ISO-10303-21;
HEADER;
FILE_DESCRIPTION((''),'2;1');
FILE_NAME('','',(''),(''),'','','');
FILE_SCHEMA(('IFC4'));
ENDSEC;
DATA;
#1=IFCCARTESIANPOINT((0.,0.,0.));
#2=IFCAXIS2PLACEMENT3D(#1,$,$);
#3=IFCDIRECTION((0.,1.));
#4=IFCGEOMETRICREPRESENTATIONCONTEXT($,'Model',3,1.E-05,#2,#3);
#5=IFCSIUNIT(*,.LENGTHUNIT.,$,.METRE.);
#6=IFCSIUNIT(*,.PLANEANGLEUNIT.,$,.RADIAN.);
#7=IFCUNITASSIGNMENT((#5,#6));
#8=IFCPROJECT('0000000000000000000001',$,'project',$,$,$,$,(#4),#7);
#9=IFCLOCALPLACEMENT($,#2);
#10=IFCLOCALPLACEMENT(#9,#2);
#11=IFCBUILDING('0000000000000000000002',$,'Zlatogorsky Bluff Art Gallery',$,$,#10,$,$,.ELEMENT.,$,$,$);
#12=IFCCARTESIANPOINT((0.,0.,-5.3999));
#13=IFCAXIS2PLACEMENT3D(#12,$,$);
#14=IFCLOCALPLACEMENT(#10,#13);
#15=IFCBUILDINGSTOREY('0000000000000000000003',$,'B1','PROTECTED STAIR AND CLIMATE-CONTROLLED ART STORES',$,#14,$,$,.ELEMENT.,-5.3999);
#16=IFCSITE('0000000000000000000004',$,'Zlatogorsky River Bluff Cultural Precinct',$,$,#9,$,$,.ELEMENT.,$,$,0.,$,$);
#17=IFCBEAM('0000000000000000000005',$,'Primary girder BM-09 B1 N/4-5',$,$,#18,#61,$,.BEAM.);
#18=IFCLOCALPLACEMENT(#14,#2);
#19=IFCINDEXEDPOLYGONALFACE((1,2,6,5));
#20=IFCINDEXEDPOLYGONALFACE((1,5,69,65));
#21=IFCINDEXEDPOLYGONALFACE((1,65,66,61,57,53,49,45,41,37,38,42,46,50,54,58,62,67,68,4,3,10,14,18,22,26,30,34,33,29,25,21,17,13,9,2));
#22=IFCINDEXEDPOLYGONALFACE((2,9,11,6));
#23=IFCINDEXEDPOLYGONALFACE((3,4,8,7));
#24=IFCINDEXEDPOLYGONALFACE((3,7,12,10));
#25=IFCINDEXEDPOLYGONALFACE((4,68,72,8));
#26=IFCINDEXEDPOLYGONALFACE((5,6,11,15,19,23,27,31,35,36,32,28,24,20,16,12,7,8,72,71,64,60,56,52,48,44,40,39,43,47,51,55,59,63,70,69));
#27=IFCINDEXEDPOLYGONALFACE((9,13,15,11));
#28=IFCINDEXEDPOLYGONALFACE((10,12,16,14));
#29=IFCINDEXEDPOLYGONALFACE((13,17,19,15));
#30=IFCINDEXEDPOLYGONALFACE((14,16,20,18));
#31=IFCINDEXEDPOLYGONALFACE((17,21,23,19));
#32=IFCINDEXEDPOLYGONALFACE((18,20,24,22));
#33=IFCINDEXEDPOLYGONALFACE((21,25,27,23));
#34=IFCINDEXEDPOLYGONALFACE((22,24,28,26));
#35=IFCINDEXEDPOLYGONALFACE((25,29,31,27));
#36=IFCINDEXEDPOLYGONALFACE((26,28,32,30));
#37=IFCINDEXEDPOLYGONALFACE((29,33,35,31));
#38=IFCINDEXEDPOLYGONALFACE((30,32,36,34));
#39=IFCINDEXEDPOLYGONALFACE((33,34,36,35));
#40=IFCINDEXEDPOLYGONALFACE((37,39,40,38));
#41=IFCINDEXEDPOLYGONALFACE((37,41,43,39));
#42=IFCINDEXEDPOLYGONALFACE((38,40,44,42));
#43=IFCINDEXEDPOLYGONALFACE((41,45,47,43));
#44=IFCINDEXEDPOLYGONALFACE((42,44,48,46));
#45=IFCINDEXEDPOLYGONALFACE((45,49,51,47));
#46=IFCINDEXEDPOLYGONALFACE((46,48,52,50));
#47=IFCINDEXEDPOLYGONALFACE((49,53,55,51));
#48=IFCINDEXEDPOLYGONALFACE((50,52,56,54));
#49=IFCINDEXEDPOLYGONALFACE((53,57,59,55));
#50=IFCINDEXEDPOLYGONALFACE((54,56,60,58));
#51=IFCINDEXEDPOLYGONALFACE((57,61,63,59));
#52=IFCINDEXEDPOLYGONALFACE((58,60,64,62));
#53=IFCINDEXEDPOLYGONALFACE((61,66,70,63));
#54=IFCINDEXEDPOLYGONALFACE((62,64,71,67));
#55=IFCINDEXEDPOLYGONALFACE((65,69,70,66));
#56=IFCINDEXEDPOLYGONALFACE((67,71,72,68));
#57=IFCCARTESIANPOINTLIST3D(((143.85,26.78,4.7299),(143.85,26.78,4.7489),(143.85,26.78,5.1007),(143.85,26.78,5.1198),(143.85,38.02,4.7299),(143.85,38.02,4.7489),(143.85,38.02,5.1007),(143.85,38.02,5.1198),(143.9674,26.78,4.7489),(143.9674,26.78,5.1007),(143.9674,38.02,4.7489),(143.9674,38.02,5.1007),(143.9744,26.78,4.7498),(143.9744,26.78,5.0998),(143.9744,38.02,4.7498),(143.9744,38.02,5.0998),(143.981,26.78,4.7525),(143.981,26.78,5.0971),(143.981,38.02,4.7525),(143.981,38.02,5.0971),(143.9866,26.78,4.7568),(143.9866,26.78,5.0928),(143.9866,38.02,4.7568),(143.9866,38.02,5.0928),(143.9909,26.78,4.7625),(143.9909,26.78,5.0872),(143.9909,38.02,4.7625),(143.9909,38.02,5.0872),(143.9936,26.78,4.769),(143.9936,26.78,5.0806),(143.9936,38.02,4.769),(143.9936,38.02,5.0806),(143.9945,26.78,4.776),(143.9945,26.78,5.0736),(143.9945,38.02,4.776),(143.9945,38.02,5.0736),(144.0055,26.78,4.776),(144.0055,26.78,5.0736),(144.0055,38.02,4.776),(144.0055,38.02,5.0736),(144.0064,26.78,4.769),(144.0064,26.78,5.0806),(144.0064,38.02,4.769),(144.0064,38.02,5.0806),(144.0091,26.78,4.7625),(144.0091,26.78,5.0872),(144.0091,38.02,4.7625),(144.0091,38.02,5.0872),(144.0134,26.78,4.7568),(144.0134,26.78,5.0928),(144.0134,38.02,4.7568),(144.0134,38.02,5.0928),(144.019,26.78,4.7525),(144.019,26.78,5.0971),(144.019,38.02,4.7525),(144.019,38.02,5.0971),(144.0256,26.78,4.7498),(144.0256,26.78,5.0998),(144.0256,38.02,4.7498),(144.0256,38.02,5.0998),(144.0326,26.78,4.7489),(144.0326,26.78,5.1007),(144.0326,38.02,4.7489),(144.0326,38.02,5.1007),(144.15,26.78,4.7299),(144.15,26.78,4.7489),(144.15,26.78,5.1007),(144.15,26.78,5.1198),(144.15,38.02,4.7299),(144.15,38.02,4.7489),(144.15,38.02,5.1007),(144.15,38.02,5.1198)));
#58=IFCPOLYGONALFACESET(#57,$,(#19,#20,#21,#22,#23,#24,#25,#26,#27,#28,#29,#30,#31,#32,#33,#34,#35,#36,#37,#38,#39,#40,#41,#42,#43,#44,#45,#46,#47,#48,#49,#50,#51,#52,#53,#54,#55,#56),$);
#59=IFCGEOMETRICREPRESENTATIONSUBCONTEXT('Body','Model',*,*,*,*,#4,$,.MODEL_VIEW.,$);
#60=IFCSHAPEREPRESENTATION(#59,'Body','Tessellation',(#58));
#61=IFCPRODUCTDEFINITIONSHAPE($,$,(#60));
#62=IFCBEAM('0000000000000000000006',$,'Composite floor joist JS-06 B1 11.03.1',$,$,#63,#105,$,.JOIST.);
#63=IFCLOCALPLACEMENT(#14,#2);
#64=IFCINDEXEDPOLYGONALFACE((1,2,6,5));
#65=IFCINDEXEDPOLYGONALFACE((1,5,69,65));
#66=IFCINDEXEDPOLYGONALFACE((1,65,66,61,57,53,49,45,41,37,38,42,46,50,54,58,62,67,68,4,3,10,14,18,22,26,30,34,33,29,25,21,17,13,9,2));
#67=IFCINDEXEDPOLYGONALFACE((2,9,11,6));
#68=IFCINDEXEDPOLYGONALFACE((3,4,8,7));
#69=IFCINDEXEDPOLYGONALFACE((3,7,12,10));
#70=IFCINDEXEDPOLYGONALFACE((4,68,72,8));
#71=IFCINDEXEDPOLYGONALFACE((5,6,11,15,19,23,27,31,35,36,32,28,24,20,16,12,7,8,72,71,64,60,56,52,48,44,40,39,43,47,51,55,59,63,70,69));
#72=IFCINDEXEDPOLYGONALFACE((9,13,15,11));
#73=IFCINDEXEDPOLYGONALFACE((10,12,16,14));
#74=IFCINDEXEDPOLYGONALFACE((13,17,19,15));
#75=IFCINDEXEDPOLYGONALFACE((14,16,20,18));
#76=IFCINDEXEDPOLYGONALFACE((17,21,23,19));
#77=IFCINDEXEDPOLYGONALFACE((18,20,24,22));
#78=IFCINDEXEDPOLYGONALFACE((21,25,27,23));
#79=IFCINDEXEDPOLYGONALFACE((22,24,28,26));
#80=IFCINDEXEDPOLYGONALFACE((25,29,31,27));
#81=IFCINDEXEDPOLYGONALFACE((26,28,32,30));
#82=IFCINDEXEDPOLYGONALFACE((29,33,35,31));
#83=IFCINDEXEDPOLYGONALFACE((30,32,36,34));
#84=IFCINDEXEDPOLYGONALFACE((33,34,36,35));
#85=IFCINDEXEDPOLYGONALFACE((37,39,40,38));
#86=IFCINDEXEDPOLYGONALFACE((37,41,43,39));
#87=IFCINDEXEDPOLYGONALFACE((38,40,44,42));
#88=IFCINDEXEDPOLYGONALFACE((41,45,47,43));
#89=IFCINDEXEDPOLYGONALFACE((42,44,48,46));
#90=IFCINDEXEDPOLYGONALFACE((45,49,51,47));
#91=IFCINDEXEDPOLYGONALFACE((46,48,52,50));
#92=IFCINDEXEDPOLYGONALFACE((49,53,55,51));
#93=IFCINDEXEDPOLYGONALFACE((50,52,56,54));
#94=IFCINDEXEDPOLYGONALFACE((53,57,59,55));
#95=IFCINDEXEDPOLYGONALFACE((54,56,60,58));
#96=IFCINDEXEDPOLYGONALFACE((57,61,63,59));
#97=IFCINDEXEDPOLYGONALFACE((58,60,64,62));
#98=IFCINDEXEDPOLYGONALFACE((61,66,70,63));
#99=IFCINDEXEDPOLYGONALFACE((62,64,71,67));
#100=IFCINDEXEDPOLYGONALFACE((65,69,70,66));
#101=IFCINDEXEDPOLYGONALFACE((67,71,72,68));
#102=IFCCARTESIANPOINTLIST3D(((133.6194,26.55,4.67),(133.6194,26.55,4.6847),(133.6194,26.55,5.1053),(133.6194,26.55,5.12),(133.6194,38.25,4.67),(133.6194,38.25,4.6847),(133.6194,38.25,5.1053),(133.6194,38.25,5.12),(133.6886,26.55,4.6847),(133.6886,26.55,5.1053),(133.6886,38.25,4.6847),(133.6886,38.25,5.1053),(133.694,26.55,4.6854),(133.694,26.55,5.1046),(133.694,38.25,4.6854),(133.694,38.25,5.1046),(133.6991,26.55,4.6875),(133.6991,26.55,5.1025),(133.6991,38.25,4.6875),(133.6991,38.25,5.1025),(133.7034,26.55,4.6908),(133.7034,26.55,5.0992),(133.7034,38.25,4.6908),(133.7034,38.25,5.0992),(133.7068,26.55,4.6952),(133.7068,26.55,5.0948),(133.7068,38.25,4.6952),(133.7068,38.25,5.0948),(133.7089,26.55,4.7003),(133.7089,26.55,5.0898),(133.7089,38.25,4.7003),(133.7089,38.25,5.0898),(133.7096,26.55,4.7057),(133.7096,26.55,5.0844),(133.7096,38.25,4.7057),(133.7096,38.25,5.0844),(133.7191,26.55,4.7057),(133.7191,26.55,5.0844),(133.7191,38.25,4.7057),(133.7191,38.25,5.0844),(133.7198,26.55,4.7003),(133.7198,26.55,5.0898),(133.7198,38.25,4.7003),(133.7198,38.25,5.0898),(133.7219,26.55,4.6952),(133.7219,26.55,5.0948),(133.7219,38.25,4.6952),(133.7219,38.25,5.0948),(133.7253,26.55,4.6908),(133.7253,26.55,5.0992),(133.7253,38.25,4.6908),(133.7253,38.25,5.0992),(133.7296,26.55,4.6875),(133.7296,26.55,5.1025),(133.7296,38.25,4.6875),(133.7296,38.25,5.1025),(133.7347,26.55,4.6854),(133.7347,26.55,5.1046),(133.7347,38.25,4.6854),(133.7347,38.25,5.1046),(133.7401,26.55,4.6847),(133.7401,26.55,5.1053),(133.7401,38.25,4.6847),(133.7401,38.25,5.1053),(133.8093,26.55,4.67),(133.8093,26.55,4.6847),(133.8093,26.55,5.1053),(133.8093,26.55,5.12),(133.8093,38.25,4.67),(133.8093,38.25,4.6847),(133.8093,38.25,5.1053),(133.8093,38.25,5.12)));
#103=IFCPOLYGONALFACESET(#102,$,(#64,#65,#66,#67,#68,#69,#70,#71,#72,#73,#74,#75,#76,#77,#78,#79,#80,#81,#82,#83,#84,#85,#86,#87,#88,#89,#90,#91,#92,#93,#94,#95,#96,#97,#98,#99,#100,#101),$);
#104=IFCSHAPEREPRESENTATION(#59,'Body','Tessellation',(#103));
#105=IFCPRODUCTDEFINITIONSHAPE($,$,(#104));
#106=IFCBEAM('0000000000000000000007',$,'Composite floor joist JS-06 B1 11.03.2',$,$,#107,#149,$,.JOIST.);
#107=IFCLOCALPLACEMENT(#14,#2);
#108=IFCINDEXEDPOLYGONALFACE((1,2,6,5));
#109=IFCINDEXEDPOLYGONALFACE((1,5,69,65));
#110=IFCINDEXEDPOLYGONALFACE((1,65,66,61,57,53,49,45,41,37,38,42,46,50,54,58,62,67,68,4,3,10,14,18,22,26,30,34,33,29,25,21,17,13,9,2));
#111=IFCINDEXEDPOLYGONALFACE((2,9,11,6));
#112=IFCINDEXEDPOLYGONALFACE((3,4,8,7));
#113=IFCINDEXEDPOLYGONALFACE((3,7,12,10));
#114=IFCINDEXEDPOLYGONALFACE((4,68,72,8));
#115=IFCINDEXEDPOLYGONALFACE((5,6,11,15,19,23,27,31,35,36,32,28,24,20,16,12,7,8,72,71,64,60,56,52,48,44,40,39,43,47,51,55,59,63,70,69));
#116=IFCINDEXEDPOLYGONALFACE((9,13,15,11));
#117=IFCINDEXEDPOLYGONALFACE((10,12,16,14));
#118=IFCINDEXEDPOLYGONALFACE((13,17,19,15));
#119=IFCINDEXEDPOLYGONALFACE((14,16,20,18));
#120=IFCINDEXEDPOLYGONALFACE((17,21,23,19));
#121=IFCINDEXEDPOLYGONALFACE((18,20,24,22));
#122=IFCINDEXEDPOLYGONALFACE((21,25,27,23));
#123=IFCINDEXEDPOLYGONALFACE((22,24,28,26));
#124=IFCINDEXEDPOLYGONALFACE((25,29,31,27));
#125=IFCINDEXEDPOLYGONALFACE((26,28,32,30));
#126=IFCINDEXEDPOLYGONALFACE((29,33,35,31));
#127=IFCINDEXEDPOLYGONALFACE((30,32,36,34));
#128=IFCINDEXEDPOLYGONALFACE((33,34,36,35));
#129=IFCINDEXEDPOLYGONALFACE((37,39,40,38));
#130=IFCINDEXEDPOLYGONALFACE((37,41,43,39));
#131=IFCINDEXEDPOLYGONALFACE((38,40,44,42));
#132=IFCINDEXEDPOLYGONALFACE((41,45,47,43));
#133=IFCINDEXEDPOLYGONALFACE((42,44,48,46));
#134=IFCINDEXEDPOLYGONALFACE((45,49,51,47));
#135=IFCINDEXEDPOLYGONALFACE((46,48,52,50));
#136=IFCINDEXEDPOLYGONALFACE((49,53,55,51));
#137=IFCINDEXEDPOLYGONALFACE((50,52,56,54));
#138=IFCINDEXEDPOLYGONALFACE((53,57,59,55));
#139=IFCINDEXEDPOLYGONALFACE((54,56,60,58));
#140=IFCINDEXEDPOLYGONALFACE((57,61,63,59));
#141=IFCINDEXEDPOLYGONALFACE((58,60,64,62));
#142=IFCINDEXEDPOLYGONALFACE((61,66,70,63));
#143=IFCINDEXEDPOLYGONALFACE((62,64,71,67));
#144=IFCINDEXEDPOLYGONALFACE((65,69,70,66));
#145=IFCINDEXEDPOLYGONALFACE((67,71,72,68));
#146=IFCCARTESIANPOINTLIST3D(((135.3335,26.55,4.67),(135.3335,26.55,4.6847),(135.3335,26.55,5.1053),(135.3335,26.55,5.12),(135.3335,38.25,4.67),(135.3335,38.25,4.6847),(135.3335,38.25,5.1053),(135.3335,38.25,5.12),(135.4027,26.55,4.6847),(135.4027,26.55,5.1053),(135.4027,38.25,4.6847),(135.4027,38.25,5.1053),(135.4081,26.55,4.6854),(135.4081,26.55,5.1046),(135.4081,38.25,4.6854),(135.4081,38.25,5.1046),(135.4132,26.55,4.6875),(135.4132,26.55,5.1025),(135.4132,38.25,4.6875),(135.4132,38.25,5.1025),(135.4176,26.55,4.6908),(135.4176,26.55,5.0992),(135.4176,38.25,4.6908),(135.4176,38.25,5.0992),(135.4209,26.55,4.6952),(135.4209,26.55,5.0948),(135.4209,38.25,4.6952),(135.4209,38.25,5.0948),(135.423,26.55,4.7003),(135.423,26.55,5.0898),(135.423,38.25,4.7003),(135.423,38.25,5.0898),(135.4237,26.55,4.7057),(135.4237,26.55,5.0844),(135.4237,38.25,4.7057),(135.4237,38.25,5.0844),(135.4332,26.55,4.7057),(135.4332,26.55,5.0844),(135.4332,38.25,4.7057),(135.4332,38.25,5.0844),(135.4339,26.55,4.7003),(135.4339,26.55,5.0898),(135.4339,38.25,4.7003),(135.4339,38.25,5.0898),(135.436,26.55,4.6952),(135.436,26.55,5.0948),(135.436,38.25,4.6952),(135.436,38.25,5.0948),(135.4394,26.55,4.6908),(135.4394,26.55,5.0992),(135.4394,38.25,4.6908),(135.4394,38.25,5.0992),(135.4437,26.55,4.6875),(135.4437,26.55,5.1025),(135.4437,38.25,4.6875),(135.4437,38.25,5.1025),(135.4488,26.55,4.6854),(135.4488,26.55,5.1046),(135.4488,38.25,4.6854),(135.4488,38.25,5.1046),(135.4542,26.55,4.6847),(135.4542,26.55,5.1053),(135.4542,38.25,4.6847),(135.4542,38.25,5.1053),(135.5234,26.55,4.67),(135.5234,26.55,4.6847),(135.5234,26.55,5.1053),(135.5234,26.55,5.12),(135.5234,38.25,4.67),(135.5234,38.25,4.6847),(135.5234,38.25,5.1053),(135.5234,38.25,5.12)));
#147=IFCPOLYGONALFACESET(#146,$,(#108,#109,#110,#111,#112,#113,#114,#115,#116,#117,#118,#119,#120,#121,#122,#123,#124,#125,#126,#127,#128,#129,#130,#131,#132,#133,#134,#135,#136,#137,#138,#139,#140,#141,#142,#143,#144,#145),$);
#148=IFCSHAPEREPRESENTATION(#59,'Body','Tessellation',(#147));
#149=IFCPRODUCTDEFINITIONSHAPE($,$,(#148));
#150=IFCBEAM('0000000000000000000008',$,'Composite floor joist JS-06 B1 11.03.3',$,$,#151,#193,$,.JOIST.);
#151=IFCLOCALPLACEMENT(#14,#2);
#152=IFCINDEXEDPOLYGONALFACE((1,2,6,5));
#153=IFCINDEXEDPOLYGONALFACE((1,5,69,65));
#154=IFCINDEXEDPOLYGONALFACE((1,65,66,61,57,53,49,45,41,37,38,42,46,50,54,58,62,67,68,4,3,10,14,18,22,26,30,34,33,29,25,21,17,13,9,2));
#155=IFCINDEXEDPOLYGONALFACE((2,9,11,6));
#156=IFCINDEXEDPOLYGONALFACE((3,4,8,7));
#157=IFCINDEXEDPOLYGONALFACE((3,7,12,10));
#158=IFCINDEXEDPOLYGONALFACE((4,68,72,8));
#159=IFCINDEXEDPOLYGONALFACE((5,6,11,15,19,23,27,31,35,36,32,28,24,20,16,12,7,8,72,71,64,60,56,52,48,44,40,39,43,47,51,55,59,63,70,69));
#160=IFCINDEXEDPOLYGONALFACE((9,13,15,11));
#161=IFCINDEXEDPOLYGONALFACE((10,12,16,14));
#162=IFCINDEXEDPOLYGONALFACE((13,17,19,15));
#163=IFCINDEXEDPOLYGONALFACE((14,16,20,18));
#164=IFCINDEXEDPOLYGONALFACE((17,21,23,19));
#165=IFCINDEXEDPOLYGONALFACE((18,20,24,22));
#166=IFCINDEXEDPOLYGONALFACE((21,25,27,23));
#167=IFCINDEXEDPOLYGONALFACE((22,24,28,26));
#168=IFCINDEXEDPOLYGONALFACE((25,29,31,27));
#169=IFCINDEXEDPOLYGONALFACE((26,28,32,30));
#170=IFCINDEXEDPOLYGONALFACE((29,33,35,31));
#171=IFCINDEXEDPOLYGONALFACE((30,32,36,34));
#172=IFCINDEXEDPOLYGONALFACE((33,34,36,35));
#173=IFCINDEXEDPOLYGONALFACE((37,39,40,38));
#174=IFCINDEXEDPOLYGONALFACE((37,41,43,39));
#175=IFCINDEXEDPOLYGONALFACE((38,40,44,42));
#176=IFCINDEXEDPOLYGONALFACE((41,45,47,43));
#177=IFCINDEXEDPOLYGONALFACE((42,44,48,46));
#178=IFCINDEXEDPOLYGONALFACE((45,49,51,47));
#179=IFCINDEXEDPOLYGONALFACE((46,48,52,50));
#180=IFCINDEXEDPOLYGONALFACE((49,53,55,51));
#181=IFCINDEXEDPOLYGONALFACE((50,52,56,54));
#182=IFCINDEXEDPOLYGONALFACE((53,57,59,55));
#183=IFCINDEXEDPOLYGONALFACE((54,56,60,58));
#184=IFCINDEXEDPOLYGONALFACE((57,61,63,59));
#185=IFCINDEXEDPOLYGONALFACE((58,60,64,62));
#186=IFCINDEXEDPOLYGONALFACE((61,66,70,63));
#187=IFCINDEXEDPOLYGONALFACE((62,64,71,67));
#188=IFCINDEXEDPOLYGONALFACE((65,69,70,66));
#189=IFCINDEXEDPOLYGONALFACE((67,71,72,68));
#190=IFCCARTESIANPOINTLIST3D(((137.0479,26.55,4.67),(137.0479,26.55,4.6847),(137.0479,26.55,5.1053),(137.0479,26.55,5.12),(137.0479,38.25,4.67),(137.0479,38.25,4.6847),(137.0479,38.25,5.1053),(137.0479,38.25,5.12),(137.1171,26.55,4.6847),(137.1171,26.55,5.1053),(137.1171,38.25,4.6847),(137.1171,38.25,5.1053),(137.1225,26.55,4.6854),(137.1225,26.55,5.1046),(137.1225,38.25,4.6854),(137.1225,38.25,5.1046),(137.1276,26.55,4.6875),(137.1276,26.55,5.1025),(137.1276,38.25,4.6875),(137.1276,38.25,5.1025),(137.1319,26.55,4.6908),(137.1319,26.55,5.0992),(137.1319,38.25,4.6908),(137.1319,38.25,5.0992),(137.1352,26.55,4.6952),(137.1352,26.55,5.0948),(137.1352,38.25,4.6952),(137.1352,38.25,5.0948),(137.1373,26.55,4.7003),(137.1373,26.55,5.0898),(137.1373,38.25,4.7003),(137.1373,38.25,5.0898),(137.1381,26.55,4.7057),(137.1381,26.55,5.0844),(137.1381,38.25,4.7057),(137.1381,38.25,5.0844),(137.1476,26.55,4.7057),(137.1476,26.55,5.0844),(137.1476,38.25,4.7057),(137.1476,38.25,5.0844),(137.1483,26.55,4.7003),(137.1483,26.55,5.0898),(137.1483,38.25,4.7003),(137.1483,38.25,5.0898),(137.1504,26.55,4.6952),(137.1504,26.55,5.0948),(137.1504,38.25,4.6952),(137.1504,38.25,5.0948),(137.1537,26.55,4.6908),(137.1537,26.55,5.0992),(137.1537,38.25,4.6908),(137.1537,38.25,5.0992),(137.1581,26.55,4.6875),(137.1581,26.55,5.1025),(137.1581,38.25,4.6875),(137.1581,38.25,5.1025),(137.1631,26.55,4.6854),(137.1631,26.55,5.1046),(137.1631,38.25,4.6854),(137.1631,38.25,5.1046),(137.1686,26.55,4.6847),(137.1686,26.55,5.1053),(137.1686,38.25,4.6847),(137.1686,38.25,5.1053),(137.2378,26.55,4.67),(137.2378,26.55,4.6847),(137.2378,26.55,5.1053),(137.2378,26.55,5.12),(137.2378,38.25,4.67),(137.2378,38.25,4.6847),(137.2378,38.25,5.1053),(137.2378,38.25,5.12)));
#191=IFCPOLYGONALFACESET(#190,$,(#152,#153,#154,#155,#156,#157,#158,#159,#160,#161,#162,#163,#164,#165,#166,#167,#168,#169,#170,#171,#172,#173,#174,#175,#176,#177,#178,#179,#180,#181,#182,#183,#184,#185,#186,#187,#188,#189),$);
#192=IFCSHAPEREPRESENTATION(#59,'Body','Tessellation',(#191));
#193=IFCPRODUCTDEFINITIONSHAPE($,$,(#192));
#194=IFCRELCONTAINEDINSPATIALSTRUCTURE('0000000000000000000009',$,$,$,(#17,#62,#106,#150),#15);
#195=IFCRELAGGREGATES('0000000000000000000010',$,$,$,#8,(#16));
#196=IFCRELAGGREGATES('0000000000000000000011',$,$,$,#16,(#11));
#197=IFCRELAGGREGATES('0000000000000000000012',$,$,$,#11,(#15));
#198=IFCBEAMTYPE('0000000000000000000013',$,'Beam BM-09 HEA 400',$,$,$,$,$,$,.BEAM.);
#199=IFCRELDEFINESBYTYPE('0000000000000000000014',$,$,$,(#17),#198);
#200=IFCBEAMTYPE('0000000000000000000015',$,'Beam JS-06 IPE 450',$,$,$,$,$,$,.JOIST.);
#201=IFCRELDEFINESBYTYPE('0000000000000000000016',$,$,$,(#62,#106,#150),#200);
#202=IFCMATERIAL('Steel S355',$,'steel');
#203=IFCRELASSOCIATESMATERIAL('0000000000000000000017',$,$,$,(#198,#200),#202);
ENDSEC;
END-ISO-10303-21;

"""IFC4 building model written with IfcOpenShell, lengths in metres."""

from ifc_helpers import new_model, si_unit, direction, frame, origin, origin_2d, place, context, subcontext, project, spatial, i_section, extrude, material, material_profile, profile_set, type_object, element, save


model = new_model("IFC4")

# Units and contexts
model_context = context("Model", 3, precision=1e-05, world=origin(), true_north=direction((0.0, 1.0)))
body_context = subcontext(model_context, "Body", "Model", "MODEL_VIEW")
ifc_project = project(units=[si_unit("LENGTHUNIT", "METRE"), si_unit("PLANEANGLEUNIT", "RADIAN")], contexts=[model_context])

# Site, building, storey
site_placement = place(None, origin())
site = spatial("IfcSite", under=ifc_project, at=site_placement, Name="Zlatogorsky River Bluff Cultural Precinct", CompositionType="ELEMENT", RefElevation=0.0)
building_placement = place(site_placement, origin())
building = spatial("IfcBuilding", under=site, at=building_placement, Name="Zlatogorsky Bluff Art Gallery", CompositionType="ELEMENT")
storey_placement = place(building_placement, frame((0.0, 0.0, -5.3999)))
storey = spatial("IfcBuildingStorey", under=building, at=storey_placement, Name="B1", Description="PROTECTED STAIR AND CLIMATE-CONTROLLED ART STORES", CompositionType="ELEMENT", Elevation=-5.3999)

# Beams
ifc_material_1 = material(Name="Steel S355", Category="steel")
ifc_material_profile_1 = material_profile(ifc_material_1, i_section(OverallWidth=0.3, OverallDepth=0.3899, WebThickness=0.011, FlangeThickness=0.019, FilletRadius=0.0271, at=origin_2d()), Name="HEA 400")
ifc_profile_set_1 = profile_set([ifc_material_profile_1], Name="Steel S355")
beam_type_1 = type_object("IfcBeamType", Name="Beam BM-09 HEA 400", PredefinedType="BEAM", material=ifc_profile_set_1)
beam_placement = place(storey_placement, frame((144.0, 26.78, 4.9248), z_axis=(0.0, 1.0, 0.0), x_axis=(-1.0, 0.0, 0.0)))
element("IfcBeam", 1, at=beam_placement, inside=storey, type_object=beam_type_1, Name="Primary girder BM-09 B1 N/4-5", PredefinedType="BEAM", context=body_context, shape_type="SweptSolid", body=[
    extrude(i_section(OverallWidth=0.3, OverallDepth=0.3899, WebThickness=0.011, FlangeThickness=0.019, FilletRadius=0.0271, at=origin_2d()), origin(), (0.0, 0.0, 1.0), 11.24),
])
ifc_material_profile_2 = material_profile(ifc_material_1, i_section(OverallWidth=0.1899, OverallDepth=0.45, WebThickness=0.0095, FlangeThickness=0.0146, FilletRadius=0.021, at=origin_2d()), Name="IPE 450")
ifc_profile_set_2 = profile_set([ifc_material_profile_2], Name="Steel S355")
beam_type_2 = type_object("IfcBeamType", Name="Beam JS-06 IPE 450", PredefinedType="JOIST", material=ifc_profile_set_2)
for number, where, z_axis, x_axis, name in (
    (2, (133.7144, 26.55, 4.895), (0.0, 1.0, 0.0), (-1.0, 0.0, 0.0), "Composite floor joist JS-06 B1 11.03.1"),
    (3, (135.4285, 26.55, 4.895), (0.0, 1.0, 0.0), (-1.0, 0.0, 0.0), "Composite floor joist JS-06 B1 11.03.2"),
    (4, (137.1428, 26.55, 4.895), (0.0, 1.0, 0.0), (-1.0, 0.0, 0.0), "Composite floor joist JS-06 B1 11.03.3"),
):
    element("IfcBeam", number, at=place(storey_placement, frame(where, z_axis=z_axis, x_axis=x_axis)), inside=storey, type_object=beam_type_2, Name=name, PredefinedType="JOIST", context=body_context, shape_type="SweptSolid", body=[
        extrude(i_section(OverallWidth=0.1899, OverallDepth=0.45, WebThickness=0.0095, FlangeThickness=0.0146, FilletRadius=0.021, at=origin_2d()), origin(), (0.0, 0.0, 1.0), 11.7),
    ])

save(model, "model.ifc")
